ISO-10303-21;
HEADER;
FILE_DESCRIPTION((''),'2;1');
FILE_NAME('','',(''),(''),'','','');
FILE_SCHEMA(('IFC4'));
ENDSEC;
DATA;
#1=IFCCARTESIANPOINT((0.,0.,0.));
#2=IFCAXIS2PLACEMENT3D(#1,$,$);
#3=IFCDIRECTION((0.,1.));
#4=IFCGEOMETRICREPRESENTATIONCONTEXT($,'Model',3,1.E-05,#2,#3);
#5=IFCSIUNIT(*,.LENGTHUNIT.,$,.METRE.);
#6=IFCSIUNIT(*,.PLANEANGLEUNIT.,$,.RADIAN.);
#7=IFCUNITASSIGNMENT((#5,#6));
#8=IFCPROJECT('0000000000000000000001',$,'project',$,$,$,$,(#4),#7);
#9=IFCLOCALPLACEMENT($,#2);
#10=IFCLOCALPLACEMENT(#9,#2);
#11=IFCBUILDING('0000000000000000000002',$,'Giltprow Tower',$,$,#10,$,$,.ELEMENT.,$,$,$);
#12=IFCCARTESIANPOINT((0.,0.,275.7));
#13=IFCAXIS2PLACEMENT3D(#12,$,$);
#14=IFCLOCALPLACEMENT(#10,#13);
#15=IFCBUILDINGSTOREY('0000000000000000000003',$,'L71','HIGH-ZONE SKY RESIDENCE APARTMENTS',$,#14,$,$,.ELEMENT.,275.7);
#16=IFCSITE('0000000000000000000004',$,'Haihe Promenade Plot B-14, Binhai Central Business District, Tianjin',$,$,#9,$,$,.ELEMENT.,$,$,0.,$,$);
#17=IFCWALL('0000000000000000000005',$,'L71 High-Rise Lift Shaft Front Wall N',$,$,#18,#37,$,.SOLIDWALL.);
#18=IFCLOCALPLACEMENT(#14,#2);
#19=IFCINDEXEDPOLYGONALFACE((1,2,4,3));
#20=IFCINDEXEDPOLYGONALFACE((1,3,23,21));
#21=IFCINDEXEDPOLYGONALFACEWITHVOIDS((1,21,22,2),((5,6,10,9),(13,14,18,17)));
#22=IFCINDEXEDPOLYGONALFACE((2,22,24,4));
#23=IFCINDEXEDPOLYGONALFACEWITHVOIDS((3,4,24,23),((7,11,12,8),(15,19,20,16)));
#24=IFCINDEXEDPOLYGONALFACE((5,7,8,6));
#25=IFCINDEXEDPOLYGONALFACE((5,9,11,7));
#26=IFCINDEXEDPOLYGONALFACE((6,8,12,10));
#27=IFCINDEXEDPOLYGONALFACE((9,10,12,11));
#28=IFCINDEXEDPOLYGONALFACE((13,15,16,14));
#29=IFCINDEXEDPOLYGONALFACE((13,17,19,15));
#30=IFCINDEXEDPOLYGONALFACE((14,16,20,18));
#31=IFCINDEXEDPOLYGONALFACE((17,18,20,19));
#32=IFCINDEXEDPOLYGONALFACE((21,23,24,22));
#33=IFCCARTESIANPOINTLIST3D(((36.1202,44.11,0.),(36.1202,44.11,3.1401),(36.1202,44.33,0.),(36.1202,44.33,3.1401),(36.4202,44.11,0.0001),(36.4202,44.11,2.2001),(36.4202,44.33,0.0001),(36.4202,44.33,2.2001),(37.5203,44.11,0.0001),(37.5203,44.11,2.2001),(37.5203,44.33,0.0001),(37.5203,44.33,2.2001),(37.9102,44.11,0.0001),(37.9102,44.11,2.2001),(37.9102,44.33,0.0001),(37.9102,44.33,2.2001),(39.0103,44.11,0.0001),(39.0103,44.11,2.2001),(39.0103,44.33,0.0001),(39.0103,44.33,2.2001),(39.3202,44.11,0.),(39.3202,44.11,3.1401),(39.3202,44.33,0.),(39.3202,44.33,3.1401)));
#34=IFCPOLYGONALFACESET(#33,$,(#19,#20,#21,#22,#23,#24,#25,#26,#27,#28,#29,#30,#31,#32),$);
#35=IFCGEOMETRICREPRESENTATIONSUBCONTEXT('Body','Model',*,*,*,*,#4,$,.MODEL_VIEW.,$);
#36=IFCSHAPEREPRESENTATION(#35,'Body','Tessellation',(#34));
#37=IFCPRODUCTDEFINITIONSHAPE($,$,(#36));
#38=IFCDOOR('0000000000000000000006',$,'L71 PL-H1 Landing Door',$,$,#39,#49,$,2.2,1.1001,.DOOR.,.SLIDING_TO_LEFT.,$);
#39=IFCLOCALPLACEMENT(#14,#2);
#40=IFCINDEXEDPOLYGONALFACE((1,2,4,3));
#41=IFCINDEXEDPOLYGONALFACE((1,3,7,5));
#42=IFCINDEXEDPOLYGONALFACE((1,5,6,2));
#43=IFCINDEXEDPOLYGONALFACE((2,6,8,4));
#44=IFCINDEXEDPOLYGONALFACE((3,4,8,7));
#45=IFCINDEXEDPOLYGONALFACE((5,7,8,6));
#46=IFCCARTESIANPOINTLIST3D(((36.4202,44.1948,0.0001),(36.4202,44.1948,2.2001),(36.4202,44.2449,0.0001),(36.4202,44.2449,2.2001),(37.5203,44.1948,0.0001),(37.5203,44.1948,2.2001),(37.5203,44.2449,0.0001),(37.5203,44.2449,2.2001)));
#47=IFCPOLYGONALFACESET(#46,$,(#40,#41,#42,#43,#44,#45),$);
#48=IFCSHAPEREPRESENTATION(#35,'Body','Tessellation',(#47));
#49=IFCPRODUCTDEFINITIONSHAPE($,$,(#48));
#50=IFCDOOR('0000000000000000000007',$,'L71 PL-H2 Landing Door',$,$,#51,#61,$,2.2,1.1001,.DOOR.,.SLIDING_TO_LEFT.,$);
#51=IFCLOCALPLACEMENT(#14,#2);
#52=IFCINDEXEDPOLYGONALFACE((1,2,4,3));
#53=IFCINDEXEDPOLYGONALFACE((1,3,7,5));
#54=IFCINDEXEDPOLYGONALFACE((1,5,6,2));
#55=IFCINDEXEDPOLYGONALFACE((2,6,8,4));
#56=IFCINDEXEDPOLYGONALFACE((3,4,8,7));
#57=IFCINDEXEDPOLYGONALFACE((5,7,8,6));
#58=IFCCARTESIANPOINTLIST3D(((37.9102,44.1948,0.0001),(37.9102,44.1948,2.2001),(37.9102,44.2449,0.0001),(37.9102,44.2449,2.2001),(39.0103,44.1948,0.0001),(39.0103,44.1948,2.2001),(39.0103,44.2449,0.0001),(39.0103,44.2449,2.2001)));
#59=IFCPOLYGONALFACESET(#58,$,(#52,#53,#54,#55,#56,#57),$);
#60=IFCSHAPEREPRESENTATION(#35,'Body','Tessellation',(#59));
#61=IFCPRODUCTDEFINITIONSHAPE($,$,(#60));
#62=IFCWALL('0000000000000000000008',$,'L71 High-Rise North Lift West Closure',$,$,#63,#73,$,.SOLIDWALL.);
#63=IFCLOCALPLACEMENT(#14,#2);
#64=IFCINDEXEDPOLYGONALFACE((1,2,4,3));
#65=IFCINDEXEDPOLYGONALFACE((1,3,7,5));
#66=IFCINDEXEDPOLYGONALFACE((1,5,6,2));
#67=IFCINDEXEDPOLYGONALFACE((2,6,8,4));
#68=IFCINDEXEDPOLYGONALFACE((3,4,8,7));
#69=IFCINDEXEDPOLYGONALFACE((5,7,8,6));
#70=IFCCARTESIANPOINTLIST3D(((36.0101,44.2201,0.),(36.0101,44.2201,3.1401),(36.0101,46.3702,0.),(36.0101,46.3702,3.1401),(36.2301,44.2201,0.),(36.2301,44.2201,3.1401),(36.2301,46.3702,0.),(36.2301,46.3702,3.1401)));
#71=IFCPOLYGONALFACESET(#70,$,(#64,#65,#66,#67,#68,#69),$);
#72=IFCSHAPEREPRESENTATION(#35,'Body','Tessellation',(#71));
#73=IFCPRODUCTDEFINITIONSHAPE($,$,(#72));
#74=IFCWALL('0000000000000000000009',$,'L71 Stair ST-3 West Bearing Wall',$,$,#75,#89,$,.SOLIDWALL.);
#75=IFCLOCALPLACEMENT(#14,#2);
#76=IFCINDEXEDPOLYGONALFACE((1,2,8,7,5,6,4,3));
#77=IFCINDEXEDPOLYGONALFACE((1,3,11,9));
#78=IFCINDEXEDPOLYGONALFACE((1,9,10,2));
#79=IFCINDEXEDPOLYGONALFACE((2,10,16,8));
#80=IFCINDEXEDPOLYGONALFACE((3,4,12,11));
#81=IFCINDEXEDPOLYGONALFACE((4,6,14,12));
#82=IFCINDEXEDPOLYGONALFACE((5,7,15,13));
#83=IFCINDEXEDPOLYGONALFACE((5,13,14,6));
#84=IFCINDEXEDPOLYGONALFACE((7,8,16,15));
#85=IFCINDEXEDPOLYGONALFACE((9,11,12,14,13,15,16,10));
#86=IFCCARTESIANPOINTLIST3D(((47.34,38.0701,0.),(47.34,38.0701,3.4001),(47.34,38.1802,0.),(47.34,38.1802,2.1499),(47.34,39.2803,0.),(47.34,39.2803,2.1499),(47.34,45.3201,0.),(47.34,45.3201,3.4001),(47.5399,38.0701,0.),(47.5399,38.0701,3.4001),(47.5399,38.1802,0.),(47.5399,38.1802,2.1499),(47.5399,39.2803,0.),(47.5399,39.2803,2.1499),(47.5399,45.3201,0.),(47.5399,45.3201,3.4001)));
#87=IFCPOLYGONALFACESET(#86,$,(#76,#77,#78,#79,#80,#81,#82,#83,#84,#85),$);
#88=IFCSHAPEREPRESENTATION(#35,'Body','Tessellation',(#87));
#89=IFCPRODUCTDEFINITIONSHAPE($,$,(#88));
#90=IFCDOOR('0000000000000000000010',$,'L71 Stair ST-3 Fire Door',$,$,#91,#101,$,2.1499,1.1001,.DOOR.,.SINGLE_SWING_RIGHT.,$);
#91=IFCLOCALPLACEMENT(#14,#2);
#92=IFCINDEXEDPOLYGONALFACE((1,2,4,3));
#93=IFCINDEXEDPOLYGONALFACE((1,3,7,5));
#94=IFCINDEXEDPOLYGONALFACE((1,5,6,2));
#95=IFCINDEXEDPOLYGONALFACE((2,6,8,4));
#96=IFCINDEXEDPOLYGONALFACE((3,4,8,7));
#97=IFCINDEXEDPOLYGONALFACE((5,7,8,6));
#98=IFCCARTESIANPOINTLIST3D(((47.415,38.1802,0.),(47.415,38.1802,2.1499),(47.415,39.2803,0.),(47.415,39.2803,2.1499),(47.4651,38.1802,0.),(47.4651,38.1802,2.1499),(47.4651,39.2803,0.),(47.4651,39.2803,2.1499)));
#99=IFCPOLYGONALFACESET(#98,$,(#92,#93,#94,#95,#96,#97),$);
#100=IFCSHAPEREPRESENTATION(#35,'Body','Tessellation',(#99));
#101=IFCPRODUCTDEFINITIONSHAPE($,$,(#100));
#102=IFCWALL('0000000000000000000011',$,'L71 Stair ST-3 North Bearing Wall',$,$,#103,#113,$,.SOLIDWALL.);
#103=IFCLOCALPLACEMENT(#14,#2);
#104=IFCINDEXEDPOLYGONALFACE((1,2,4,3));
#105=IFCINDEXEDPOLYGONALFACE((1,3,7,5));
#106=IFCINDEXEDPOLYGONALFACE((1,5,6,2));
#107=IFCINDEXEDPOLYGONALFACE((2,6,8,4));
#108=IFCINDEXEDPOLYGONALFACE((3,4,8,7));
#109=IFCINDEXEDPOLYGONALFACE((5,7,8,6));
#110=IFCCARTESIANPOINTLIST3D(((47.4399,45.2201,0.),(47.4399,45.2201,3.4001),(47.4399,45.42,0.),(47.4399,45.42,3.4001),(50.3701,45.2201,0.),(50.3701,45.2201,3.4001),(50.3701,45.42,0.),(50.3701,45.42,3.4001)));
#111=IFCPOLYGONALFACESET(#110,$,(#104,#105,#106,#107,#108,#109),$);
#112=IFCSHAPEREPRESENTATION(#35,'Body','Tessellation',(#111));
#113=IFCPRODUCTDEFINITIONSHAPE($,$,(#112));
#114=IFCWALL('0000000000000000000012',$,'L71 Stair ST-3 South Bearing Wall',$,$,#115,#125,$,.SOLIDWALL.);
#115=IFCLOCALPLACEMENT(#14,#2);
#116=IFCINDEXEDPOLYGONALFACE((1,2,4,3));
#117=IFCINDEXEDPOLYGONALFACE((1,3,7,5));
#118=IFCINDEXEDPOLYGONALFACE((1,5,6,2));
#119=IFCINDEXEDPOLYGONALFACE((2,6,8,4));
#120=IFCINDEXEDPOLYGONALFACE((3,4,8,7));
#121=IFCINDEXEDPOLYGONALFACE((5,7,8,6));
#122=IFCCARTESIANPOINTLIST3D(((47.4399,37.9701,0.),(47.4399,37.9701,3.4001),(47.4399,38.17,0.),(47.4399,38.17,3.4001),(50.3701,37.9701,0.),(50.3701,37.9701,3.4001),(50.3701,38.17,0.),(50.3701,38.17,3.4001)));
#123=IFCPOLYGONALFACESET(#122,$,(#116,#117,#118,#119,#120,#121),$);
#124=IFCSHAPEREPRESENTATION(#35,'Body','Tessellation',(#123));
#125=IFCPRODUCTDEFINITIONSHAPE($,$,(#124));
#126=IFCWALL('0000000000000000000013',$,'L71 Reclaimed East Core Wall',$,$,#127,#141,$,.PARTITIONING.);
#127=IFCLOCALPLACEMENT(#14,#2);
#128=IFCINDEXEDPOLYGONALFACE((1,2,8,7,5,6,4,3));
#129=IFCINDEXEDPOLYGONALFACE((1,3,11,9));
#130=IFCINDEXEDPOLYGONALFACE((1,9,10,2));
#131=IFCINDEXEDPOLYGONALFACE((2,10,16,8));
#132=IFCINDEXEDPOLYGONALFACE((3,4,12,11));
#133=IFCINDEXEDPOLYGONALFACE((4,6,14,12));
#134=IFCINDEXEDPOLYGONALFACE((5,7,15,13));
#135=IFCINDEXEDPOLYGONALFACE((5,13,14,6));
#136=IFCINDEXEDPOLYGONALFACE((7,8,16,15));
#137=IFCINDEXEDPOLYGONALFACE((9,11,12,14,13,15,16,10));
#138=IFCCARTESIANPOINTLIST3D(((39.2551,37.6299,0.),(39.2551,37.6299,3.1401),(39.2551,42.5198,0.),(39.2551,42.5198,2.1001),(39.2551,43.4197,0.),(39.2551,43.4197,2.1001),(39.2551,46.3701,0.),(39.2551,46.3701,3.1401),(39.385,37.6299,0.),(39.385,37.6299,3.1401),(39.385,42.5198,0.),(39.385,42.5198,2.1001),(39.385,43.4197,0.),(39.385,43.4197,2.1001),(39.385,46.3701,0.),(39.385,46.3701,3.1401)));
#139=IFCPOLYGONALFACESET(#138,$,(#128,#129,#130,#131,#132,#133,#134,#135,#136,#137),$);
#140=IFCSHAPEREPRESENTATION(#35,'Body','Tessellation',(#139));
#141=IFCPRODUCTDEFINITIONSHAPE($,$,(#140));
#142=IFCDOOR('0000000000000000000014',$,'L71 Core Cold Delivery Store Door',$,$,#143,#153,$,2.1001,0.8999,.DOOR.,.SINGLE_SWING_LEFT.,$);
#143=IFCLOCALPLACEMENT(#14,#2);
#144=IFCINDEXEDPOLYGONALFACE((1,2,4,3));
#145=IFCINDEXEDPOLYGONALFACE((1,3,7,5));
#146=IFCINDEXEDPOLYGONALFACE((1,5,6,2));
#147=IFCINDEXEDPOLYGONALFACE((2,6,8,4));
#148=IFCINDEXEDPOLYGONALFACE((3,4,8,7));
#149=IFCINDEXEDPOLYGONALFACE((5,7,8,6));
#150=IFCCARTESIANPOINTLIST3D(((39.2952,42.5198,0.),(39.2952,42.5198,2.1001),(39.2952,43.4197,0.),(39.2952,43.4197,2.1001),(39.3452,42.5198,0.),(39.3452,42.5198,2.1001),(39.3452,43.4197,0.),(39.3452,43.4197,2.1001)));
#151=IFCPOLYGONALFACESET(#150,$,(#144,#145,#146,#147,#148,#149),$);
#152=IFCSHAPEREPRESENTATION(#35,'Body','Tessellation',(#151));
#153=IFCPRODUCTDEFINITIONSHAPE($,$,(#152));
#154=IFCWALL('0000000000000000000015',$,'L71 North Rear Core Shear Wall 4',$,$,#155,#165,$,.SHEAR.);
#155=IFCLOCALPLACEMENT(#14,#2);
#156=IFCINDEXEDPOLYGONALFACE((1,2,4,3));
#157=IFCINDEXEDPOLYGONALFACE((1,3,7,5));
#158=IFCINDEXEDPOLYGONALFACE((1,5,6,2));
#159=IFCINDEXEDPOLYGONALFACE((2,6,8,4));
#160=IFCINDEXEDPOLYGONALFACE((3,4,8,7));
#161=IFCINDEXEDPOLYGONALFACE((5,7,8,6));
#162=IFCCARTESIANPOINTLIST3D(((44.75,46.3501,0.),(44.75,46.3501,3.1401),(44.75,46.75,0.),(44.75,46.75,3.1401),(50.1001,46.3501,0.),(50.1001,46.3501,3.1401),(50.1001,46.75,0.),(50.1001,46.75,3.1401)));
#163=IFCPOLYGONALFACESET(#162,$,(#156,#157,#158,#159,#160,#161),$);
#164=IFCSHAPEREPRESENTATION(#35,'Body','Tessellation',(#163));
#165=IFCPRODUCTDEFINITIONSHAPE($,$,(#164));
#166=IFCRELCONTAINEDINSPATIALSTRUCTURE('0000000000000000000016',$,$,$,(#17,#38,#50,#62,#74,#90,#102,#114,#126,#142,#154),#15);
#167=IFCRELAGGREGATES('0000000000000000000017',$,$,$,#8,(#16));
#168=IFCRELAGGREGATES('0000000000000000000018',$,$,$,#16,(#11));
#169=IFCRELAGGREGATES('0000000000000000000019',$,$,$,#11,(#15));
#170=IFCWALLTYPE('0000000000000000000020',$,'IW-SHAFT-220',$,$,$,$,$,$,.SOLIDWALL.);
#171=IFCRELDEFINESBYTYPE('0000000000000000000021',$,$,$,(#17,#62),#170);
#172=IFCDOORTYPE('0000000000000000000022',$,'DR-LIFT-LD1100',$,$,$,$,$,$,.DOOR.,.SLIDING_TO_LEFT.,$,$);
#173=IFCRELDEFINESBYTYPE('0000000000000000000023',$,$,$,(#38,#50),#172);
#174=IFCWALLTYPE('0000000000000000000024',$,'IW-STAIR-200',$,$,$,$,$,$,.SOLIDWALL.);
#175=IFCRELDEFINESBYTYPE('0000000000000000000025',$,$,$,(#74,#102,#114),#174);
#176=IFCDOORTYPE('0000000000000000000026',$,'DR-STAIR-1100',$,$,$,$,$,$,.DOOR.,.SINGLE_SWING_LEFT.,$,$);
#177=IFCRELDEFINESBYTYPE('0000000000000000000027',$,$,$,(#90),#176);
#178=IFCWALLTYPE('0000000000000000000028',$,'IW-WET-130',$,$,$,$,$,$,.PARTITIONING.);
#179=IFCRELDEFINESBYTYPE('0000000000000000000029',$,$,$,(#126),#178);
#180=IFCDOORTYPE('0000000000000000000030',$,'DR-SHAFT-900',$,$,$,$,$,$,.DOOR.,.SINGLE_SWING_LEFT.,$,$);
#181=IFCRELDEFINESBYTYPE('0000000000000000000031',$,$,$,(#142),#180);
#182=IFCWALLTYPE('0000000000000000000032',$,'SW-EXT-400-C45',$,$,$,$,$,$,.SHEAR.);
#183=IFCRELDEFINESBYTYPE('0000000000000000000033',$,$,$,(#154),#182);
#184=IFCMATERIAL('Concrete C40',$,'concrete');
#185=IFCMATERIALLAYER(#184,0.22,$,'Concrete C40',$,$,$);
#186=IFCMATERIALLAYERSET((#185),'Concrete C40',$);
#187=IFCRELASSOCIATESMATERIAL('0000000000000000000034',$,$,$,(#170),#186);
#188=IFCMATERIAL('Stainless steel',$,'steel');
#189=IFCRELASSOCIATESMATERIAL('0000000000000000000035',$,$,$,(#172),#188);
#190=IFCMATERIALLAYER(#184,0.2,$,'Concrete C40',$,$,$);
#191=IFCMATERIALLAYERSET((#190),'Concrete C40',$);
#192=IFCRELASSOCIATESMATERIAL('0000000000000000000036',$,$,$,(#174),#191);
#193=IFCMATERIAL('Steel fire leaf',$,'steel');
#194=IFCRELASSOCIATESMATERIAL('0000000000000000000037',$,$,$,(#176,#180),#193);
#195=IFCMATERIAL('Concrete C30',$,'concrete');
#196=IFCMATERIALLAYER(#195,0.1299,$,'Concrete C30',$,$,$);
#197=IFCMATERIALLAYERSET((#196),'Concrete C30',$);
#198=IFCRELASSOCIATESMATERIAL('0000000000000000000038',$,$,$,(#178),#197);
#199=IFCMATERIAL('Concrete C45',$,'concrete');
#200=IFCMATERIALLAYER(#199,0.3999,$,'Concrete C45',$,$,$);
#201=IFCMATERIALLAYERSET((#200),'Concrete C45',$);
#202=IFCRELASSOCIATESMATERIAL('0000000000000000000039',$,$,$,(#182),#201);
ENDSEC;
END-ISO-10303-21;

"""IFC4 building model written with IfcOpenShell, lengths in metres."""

from ifc_helpers import new_model, si_unit, direction, frame, frame_2d, origin, place, context, subcontext, project, spatial, rectangle, extrude, source, transform, mapped, material, layer, layer_set, type_object, element, fill, save


model = new_model("IFC4")

# Units and contexts
model_context = context("Model", 3, precision=1e-05, world=origin(), true_north=direction((0.0, 1.0)))
body_context = subcontext(model_context, "Body", "Model", "MODEL_VIEW")
ifc_project = project(units=[si_unit("LENGTHUNIT", "METRE"), si_unit("PLANEANGLEUNIT", "RADIAN")], contexts=[model_context])

# Site, building, storey
site_placement = place(None, origin())
site = spatial("IfcSite", under=ifc_project, at=site_placement, Name="Haihe Promenade Plot B-14, Binhai Central Business District, Tianjin", CompositionType="ELEMENT", RefElevation=0.0)
building_placement = place(site_placement, origin())
building = spatial("IfcBuilding", under=site, at=building_placement, Name="Giltprow Tower", CompositionType="ELEMENT")
storey_placement = place(building_placement, frame((0.0, 0.0, 275.7)))
storey = spatial("IfcBuildingStorey", under=building, at=storey_placement, Name="L71", Description="HIGH-ZONE SKY RESIDENCE APARTMENTS", CompositionType="ELEMENT", Elevation=275.7)

# Shared definitions
ifc_material_1 = material(Name="Concrete C45", Category="concrete")

# Shared definitions
ifc_material_2 = material(Name="Concrete C40", Category="concrete")
ifc_layer_1 = layer(ifc_material_2, 0.22, Name="Concrete C40")
ifc_layer_set_1 = layer_set([ifc_layer_1], Name="Concrete C40")
wall_type_1 = type_object("IfcWallType", Name="IW-SHAFT-220", PredefinedType="SOLIDWALL", material=ifc_layer_set_1)
ifc_material_3 = material(Name="Stainless steel", Category="steel")
door_type_1 = type_object("IfcDoorType", Name="DR-LIFT-LD1100", OperationType="SLIDING_TO_LEFT", PredefinedType="DOOR", material=ifc_material_3)
shared_shape_1 = source(origin(), body_context, "Body", "SweptSolid", [
    extrude(rectangle(XDim=1.1001, YDim=2.2, at=frame_2d((0.55, 1.1001))), frame((0.0, 0.0249, 0.0), z_axis=(0.0, -1.0, 0.0), x_axis=(1.0, 0.0, 0.0)), (0.0, 0.0, 1.0), 0.05),
])

# Wall, openings, doors
wall_1_placement = place(storey_placement, frame((36.1201, 44.22, 0.0), z_axis=(0.0, 0.0, 1.0), x_axis=(1.0, 0.0, 0.0)))
wall_1 = element("IfcWall", 1, at=wall_1_placement, inside=storey, type_object=wall_type_1, Name="L71 High-Rise Lift Shaft Front Wall N", PredefinedType="SOLIDWALL", context=body_context, shape_type="SweptSolid", body=[
    extrude(rectangle(XDim=3.2, YDim=0.22, at=frame_2d((1.6001, 0.0))), origin(), (0.0, 0.0, 1.0), 3.1401),
])
opening_1_placement = place(wall_1_placement, frame((0.3, 0.0, 0.0)))
opening_1 = element("IfcOpeningElement", 2, at=opening_1_placement, cuts=wall_1, PredefinedType="OPENING", context=body_context, shape_type="SweptSolid", body=[
    extrude(rectangle(XDim=1.1001, YDim=2.2, at=frame_2d((0.55, 1.1001))), frame((0.0, 0.1199, 0.0), z_axis=(0.0, -1.0, 0.0), x_axis=(1.0, 0.0, 0.0)), (0.0, 0.0, 1.0), 0.24),
])
opening_2_placement = place(wall_1_placement, frame((1.79, 0.0, 0.0)))
opening_2 = element("IfcOpeningElement", 3, at=opening_2_placement, cuts=wall_1, PredefinedType="OPENING", context=body_context, shape_type="SweptSolid", body=[
    extrude(rectangle(XDim=1.1001, YDim=2.2, at=frame_2d((0.55, 1.1001))), frame((0.0, 0.1199, 0.0), z_axis=(0.0, -1.0, 0.0), x_axis=(1.0, 0.0, 0.0)), (0.0, 0.0, 1.0), 0.24),
])
door_1_placement = place(opening_1_placement, origin())
door_1 = element("IfcDoor", 4, at=door_1_placement, inside=storey, type_object=door_type_1, Name="L71 PL-H1 Landing Door", OperationType="SLIDING_TO_LEFT", OverallHeight=2.2, OverallWidth=1.1001, PredefinedType="DOOR", context=body_context, shape_type="MappedRepresentation", body=[
    mapped(shared_shape_1, transform((0.0, 0.0, 0.0), x_axis=(1.0, 0.0, 0.0), y_axis=(0.0, 1.0, 0.0), z_axis=(0.0, 0.0, 1.0), scale=1.0)),
])
fill(opening_1, door_1)
door_2_placement = place(opening_2_placement, origin())
door_2 = element("IfcDoor", 5, at=door_2_placement, inside=storey, type_object=door_type_1, Name="L71 PL-H2 Landing Door", OperationType="SLIDING_TO_LEFT", OverallHeight=2.2, OverallWidth=1.1001, PredefinedType="DOOR", context=body_context, shape_type="MappedRepresentation", body=[
    mapped(shared_shape_1, transform((0.0, 0.0, 0.0), x_axis=(1.0, 0.0, 0.0), y_axis=(0.0, 1.0, 0.0), z_axis=(0.0, 0.0, 1.0), scale=1.0)),
])
fill(opening_2, door_2)

# Wall
wall_2_placement = place(storey_placement, frame((36.1201, 44.22, 0.0), z_axis=(0.0, 0.0, 1.0), x_axis=(0.0, 1.0, 0.0)))
element("IfcWall", 6, at=wall_2_placement, inside=storey, type_object=wall_type_1, Name="L71 High-Rise North Lift West Closure", PredefinedType="SOLIDWALL", context=body_context, shape_type="SweptSolid", body=[
    extrude(rectangle(XDim=2.1501, YDim=0.22, at=frame_2d((1.0752, 0.0))), origin(), (0.0, 0.0, 1.0), 3.1401),
])

# Wall, opening, door
ifc_layer_2 = layer(ifc_material_2, 0.2, Name="Concrete C40")
ifc_layer_set_2 = layer_set([ifc_layer_2], Name="Concrete C40")
wall_type_2 = type_object("IfcWallType", Name="IW-STAIR-200", PredefinedType="SOLIDWALL", material=ifc_layer_set_2)
wall_3_placement = place(storey_placement, frame((47.4399, 38.0701, 0.0), z_axis=(0.0, 0.0, 1.0), x_axis=(0.0, 1.0, 0.0)))
wall_3 = element("IfcWall", 7, at=wall_3_placement, inside=storey, type_object=wall_type_2, Name="L71 Stair ST-3 West Bearing Wall", PredefinedType="SOLIDWALL", context=body_context, shape_type="SweptSolid", body=[
    extrude(rectangle(XDim=7.25, YDim=0.2, at=frame_2d((3.625, 0.0))), origin(), (0.0, 0.0, 1.0), 3.4001),
])
opening_3_placement = place(wall_3_placement, frame((0.1101, 0.0, 0.0)))
opening_3 = element("IfcOpeningElement", 8, at=opening_3_placement, cuts=wall_3, PredefinedType="OPENING", context=body_context, shape_type="SweptSolid", body=[
    extrude(rectangle(XDim=1.1001, YDim=2.1499, at=frame_2d((0.55, 1.075))), frame((0.0, 0.1099, 0.0), z_axis=(0.0, -1.0, 0.0), x_axis=(1.0, 0.0, 0.0)), (0.0, 0.0, 1.0), 0.22),
])
ifc_material_4 = material(Name="Steel fire leaf", Category="steel")
door_type_2 = type_object("IfcDoorType", Name="DR-STAIR-1100", OperationType="SINGLE_SWING_LEFT", PredefinedType="DOOR", material=ifc_material_4)
shared_shape_2 = source(origin(), body_context, "Body", "SweptSolid", [
    extrude(rectangle(XDim=1.1001, YDim=2.1499, at=frame_2d((0.55, 1.075))), frame((0.0, 0.0249, 0.0), z_axis=(0.0, -1.0, 0.0), x_axis=(1.0, 0.0, 0.0)), (0.0, 0.0, 1.0), 0.05),
])
door_3_placement = place(opening_3_placement, origin())
door_3 = element("IfcDoor", 9, at=door_3_placement, inside=storey, type_object=door_type_2, Name="L71 Stair ST-3 Fire Door", OperationType="SINGLE_SWING_RIGHT", OverallHeight=2.1499, OverallWidth=1.1001, PredefinedType="DOOR", context=body_context, shape_type="MappedRepresentation", body=[
    mapped(shared_shape_2, transform((0.0, 0.0, 0.0), x_axis=(1.0, 0.0, 0.0), y_axis=(0.0, 1.0, 0.0), z_axis=(0.0, 0.0, 1.0), scale=1.0)),
])
fill(opening_3, door_3)

# Walls
for number, where, z_axis, x_axis, name in (
    (10, (47.4399, 45.3201, 0.0), (0.0, 0.0, 1.0), (1.0, 0.0, 0.0), "L71 Stair ST-3 North Bearing Wall"),
    (11, (47.4399, 38.0701, 0.0), (0.0, 0.0, 1.0), (1.0, 0.0, 0.0), "L71 Stair ST-3 South Bearing Wall"),
):
    element("IfcWall", number, at=place(storey_placement, frame(where, z_axis=z_axis, x_axis=x_axis)), inside=storey, type_object=wall_type_2, Name=name, PredefinedType="SOLIDWALL", context=body_context, shape_type="SweptSolid", body=[
        extrude(rectangle(XDim=2.9302, YDim=0.2, at=frame_2d((1.4651, 0.0))), origin(), (0.0, 0.0, 1.0), 3.4001),
    ])

# Wall, opening, door
ifc_material_5 = material(Name="Concrete C30", Category="concrete")
ifc_layer_3 = layer(ifc_material_5, 0.1299, Name="Concrete C30")
ifc_layer_set_3 = layer_set([ifc_layer_3], Name="Concrete C30")
wall_type_3 = type_object("IfcWallType", Name="IW-WET-130", PredefinedType="PARTITIONING", material=ifc_layer_set_3)
wall_4_placement = place(storey_placement, frame((39.3201, 37.6299, 0.0), z_axis=(0.0, 0.0, 1.0), x_axis=(0.0, 1.0, 0.0)))
wall_4 = element("IfcWall", 12, at=wall_4_placement, inside=storey, type_object=wall_type_3, Name="L71 Reclaimed East Core Wall", PredefinedType="PARTITIONING", context=body_context, shape_type="SweptSolid", body=[
    extrude(rectangle(XDim=8.7402, YDim=0.1299, at=frame_2d((4.3701, 0.0))), origin(), (0.0, 0.0, 1.0), 3.1401),
])
opening_4_placement = place(wall_4_placement, frame((4.8899, 0.0, 0.0)))
opening_4 = element("IfcOpeningElement", 13, at=opening_4_placement, cuts=wall_4, PredefinedType="OPENING", context=body_context, shape_type="SweptSolid", body=[
    extrude(rectangle(XDim=0.8999, YDim=2.1001, at=frame_2d((0.45, 1.05))), frame((0.0, 0.075, 0.0), z_axis=(0.0, -1.0, 0.0), x_axis=(1.0, 0.0, 0.0)), (0.0, 0.0, 1.0), 0.1499),
])
door_type_3 = type_object("IfcDoorType", Name="DR-SHAFT-900", OperationType="SINGLE_SWING_LEFT", PredefinedType="DOOR", material=ifc_material_4)
shared_shape_3 = source(origin(), body_context, "Body", "SweptSolid", [
    extrude(rectangle(XDim=0.8999, YDim=2.1001, at=frame_2d((0.45, 1.05))), frame((0.0, 0.0249, 0.0), z_axis=(0.0, -1.0, 0.0), x_axis=(1.0, 0.0, 0.0)), (0.0, 0.0, 1.0), 0.05),
])
door_4_placement = place(opening_4_placement, origin())
door_4 = element("IfcDoor", 14, at=door_4_placement, inside=storey, type_object=door_type_3, Name="L71 Core Cold Delivery Store Door", OperationType="SINGLE_SWING_LEFT", OverallHeight=2.1001, OverallWidth=0.8999, PredefinedType="DOOR", context=body_context, shape_type="MappedRepresentation", body=[
    mapped(shared_shape_3, transform((0.0, 0.0, 0.0), x_axis=(1.0, 0.0, 0.0), y_axis=(0.0, 1.0, 0.0), z_axis=(0.0, 0.0, 1.0), scale=1.0)),
])
fill(opening_4, door_4)

# Wall
ifc_layer_4 = layer(ifc_material_1, 0.3999, Name="Concrete C45")
ifc_layer_set_4 = layer_set([ifc_layer_4], Name="Concrete C45")
wall_type_4 = type_object("IfcWallType", Name="SW-EXT-400-C45", PredefinedType="SHEAR", material=ifc_layer_set_4)
wall_5_placement = place(storey_placement, frame((44.75, 46.55, 0.0), z_axis=(0.0, 0.0, 1.0), x_axis=(1.0, 0.0, 0.0)))
element("IfcWall", 15, at=wall_5_placement, inside=storey, type_object=wall_type_4, Name="L71 North Rear Core Shear Wall 4", PredefinedType="SHEAR", context=body_context, shape_type="SweptSolid", body=[
    extrude(rectangle(XDim=5.3501, YDim=0.3999, at=frame_2d((2.675, 0.0))), origin(), (0.0, 0.0, 1.0), 3.1401),
])

save(model, "model.ifc")
